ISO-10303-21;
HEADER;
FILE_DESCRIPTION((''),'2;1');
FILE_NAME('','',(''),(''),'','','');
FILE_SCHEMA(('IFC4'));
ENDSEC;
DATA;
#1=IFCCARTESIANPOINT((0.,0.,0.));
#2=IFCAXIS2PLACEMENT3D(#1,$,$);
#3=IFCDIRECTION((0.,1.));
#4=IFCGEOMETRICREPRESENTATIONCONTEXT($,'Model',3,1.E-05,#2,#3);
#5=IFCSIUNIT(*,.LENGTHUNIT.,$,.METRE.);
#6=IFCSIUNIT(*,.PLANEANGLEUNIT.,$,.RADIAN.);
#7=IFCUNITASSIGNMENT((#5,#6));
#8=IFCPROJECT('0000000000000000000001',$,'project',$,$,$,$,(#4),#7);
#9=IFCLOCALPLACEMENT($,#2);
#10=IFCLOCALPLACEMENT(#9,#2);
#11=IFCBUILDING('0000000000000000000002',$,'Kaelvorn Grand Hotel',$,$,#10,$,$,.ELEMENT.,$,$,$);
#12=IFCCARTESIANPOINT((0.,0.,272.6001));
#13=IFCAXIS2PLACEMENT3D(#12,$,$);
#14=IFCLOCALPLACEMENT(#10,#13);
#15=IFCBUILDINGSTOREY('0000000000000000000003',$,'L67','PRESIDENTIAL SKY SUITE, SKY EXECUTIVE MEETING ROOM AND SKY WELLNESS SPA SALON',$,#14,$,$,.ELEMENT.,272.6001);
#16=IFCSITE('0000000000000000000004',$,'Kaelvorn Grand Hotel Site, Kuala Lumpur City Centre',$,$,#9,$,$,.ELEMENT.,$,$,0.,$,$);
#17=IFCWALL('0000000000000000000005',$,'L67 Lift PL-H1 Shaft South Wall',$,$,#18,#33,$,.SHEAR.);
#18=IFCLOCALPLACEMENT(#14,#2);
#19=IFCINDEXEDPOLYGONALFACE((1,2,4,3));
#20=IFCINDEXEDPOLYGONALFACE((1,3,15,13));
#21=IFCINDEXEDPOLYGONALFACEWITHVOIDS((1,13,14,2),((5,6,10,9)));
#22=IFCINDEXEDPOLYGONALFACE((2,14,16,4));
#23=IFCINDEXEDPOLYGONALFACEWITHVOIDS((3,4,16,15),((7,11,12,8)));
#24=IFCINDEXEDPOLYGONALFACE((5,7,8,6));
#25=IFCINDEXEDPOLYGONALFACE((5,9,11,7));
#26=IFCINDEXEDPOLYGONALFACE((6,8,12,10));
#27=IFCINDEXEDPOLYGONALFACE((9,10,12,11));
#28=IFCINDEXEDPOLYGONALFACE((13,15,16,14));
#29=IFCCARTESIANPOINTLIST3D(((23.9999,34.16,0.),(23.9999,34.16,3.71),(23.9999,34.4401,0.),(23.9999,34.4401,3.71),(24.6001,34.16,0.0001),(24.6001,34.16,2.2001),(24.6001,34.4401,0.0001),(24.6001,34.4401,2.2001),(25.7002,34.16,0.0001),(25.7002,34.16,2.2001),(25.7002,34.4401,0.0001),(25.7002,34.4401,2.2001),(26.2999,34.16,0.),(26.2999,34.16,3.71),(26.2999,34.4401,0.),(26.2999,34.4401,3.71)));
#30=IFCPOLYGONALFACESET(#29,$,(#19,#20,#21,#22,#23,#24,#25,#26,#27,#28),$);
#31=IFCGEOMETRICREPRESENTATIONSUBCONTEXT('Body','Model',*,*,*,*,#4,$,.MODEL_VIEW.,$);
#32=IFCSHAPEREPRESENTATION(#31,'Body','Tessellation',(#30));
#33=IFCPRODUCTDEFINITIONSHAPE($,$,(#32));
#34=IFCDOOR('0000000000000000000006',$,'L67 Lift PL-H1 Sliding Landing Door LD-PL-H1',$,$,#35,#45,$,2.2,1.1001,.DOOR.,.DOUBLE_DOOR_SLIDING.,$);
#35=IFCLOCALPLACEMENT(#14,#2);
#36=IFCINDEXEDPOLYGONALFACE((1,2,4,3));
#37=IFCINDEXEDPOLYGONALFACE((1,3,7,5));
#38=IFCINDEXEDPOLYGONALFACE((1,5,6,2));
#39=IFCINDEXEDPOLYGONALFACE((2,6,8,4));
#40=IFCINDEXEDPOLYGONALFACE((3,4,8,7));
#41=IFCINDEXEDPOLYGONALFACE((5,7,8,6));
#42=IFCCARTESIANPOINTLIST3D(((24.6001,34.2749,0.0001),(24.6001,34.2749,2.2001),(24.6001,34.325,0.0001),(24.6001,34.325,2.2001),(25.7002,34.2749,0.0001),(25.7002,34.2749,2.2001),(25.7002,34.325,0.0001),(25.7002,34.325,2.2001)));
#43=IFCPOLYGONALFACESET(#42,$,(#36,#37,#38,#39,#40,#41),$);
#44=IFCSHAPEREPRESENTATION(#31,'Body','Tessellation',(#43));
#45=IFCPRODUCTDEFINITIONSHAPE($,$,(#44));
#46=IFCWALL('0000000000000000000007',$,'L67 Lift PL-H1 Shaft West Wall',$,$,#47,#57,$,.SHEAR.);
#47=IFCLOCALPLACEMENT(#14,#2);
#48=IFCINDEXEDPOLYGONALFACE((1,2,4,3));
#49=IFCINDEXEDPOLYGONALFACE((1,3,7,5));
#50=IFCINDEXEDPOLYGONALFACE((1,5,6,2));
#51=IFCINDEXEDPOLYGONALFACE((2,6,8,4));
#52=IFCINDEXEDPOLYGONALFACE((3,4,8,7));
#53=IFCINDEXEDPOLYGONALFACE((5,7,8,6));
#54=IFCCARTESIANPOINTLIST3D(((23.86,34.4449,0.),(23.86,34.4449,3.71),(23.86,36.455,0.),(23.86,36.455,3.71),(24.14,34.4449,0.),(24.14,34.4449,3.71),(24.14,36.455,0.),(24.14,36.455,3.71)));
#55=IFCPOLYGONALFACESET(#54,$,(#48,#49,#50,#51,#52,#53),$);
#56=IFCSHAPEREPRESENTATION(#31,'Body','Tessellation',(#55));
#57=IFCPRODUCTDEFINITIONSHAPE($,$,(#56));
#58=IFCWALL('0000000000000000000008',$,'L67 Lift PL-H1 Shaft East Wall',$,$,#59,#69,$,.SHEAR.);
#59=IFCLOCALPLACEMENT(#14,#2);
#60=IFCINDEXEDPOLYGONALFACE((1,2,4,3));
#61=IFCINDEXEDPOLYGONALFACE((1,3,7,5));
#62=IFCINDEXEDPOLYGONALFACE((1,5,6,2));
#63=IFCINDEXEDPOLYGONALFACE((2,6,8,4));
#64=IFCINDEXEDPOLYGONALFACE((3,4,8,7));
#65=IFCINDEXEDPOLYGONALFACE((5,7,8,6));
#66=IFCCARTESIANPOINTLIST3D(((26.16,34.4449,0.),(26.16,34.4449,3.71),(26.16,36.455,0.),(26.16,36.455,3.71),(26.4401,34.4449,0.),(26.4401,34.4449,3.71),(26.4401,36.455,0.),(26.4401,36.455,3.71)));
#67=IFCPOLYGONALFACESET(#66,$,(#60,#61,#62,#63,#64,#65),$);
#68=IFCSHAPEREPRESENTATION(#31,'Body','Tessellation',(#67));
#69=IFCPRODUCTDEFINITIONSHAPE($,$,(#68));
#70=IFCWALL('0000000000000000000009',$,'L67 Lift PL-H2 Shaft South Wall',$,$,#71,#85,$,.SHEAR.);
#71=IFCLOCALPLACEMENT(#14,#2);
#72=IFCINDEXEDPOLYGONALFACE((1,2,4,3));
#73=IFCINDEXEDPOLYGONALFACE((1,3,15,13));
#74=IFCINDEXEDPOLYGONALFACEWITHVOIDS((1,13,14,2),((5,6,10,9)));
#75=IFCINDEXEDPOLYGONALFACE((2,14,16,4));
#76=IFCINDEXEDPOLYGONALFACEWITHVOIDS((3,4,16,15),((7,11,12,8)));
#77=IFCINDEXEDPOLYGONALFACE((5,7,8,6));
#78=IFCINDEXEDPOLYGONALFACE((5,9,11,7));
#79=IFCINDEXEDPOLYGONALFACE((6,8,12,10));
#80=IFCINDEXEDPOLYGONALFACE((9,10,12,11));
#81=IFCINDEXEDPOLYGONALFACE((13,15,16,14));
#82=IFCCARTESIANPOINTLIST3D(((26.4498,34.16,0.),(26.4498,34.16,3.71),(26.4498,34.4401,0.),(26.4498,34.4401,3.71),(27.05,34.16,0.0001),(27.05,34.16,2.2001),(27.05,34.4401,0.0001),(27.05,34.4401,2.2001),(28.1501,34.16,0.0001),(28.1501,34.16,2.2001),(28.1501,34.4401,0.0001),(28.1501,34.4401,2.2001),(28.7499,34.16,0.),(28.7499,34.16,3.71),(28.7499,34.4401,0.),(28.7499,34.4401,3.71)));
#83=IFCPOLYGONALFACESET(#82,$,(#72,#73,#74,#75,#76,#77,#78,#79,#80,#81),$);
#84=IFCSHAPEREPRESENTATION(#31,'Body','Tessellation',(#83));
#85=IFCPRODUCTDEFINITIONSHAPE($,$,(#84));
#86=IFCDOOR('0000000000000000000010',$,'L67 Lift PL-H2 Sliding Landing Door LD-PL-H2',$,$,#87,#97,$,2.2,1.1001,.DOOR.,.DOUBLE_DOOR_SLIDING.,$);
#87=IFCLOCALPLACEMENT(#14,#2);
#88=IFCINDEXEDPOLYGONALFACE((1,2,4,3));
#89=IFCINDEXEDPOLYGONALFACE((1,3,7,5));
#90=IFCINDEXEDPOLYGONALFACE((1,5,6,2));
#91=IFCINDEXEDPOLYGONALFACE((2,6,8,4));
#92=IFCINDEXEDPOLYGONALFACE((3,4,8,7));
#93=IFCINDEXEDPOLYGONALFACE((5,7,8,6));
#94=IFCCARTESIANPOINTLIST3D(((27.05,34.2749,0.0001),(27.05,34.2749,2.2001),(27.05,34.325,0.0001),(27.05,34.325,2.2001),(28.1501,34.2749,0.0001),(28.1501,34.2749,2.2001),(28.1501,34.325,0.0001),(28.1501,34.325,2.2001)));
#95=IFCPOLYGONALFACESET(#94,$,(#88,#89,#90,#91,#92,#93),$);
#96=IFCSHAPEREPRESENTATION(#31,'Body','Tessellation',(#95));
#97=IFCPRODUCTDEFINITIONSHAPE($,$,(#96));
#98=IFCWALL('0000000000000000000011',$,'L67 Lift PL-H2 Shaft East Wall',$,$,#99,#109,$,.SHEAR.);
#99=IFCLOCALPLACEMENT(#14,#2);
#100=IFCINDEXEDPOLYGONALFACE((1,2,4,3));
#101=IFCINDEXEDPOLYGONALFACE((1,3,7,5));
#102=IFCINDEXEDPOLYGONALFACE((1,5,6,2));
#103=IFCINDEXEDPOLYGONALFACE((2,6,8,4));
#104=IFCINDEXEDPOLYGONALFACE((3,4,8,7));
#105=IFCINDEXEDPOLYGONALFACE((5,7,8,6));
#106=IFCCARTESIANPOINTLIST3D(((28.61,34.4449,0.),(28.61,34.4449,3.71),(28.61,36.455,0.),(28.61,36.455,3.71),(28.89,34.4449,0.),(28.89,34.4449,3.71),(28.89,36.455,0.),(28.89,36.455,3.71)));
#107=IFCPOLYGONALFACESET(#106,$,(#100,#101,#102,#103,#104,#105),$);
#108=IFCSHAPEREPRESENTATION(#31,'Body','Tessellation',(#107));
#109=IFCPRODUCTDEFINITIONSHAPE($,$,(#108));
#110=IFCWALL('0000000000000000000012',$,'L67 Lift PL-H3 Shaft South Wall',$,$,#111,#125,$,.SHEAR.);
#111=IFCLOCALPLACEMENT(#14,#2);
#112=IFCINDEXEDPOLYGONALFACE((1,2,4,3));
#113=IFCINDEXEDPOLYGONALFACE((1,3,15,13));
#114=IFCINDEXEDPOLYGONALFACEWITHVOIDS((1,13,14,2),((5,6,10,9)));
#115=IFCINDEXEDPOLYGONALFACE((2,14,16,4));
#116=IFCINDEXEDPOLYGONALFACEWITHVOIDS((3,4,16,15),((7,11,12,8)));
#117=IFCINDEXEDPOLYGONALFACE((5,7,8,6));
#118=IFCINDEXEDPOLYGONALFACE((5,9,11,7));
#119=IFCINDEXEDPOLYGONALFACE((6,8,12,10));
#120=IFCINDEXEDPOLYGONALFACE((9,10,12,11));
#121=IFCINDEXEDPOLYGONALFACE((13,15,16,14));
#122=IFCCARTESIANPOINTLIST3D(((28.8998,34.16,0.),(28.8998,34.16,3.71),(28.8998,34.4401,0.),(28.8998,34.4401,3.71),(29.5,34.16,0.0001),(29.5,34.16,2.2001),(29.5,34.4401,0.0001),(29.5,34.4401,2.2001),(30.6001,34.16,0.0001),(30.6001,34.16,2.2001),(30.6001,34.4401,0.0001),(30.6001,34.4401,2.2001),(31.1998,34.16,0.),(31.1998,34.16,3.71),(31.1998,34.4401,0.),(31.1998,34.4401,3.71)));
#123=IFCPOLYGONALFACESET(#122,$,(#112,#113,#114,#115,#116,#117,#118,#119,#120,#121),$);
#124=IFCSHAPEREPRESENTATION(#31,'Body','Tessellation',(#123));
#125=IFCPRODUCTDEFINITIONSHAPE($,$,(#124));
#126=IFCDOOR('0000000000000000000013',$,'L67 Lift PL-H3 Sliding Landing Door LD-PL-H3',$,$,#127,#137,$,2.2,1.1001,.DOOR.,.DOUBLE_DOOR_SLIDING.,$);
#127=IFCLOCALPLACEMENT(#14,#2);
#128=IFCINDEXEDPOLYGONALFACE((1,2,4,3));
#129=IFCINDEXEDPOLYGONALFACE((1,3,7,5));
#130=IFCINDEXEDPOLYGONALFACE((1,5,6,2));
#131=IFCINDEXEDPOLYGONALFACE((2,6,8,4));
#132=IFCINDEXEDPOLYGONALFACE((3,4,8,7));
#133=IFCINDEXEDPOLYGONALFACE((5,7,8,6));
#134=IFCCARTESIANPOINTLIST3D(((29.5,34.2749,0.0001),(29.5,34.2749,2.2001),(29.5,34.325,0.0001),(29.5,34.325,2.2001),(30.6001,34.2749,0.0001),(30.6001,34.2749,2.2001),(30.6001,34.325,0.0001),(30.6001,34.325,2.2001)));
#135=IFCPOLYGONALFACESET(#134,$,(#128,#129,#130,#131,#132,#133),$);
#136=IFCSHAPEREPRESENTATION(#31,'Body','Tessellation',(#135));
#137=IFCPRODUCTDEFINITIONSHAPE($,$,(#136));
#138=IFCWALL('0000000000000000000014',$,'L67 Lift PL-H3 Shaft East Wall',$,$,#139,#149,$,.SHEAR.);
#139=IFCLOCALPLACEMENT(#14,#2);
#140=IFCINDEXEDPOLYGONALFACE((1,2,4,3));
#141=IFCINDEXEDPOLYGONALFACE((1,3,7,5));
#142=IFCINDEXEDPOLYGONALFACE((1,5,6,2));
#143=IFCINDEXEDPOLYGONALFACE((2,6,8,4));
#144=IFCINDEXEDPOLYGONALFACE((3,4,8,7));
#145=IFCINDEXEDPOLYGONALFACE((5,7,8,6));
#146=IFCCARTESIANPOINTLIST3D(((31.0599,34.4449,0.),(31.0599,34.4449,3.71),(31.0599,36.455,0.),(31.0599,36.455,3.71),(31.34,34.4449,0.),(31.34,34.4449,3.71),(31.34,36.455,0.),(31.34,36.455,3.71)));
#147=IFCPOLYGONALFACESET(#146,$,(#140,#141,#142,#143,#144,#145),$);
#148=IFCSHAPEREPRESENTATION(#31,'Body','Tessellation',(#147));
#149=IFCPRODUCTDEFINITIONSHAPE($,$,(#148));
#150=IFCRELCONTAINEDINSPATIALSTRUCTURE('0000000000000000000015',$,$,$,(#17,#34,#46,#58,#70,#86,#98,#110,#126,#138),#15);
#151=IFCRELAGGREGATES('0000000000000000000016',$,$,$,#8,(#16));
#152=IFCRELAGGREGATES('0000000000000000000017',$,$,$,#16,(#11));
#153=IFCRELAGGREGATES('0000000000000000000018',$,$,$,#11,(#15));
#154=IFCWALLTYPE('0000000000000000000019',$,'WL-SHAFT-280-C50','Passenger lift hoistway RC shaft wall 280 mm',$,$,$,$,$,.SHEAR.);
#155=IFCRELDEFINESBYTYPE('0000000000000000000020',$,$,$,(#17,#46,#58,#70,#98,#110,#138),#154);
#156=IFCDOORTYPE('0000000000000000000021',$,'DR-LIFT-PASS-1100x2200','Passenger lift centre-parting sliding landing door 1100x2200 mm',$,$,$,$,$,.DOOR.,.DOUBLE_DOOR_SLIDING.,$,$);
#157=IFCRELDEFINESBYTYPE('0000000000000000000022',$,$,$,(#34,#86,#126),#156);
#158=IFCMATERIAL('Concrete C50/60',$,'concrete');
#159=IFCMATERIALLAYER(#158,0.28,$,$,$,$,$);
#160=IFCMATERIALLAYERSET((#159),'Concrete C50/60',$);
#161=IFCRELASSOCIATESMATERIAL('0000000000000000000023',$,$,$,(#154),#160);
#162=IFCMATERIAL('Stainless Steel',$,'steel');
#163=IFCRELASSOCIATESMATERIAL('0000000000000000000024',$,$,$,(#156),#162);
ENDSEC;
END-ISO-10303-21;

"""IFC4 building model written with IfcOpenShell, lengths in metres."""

from ifc_helpers import new_model, si_unit, direction, frame, frame_2d, origin, place, context, subcontext, project, spatial, rectangle, extrude, material, layer, layer_set, type_object, element, fill, save


model = new_model("IFC4")

# Units and contexts
model_context = context("Model", 3, precision=1e-05, world=origin(), true_north=direction((0.0, 1.0)))
body_context = subcontext(model_context, "Body", "Model", "MODEL_VIEW")
ifc_project = project(units=[si_unit("LENGTHUNIT", "METRE"), si_unit("PLANEANGLEUNIT", "RADIAN")], contexts=[model_context])

# Site, building, storey
site_placement = place(None, origin())
site = spatial("IfcSite", under=ifc_project, at=site_placement, Name="Kaelvorn Grand Hotel Site, Kuala Lumpur City Centre", CompositionType="ELEMENT", RefElevation=0.0)
building_placement = place(site_placement, origin())
building = spatial("IfcBuilding", under=site, at=building_placement, Name="Kaelvorn Grand Hotel", CompositionType="ELEMENT")
storey_placement = place(building_placement, frame((0.0, 0.0, 272.6001)))
storey = spatial("IfcBuildingStorey", under=building, at=storey_placement, Name="L67", Description="PRESIDENTIAL SKY SUITE, SKY EXECUTIVE MEETING ROOM AND SKY WELLNESS SPA SALON", CompositionType="ELEMENT", Elevation=272.6001)

# Shared definitions
ifc_material_1 = material(Name="Concrete C50/60", Category="concrete")

# Wall, opening, door
ifc_layer_1 = layer(ifc_material_1, 0.28)
ifc_layer_set_1 = layer_set([ifc_layer_1], Name="Concrete C50/60")
wall_type_1 = type_object("IfcWallType", Name="WL-SHAFT-280-C50", Description="Passenger lift hoistway RC shaft wall 280 mm", PredefinedType="SHEAR", material=ifc_layer_set_1)
wall_1_placement = place(storey_placement, frame((24.0, 34.3, 0.0), z_axis=(0.0, 0.0, 1.0), x_axis=(1.0, 0.0, 0.0)))
wall_1 = element("IfcWall", 1, at=wall_1_placement, inside=storey, type_object=wall_type_1, Name="L67 Lift PL-H1 Shaft South Wall", PredefinedType="SHEAR", context=body_context, shape_type="SweptSolid", body=[
    extrude(rectangle(XDim=2.3, YDim=0.28, at=frame_2d((1.1499, 0.0))), origin(), (0.0, 0.0, 1.0), 3.71),
])
opening_1_placement = place(wall_1_placement, frame((0.6001, 0.0, 0.0)))
opening_1 = element("IfcOpeningElement", 2, at=opening_1_placement, cuts=wall_1, PredefinedType="OPENING", context=body_context, shape_type="SweptSolid", body=[
    extrude(rectangle(XDim=1.1001, YDim=2.2, at=frame_2d((0.55, 1.1001))), frame((0.0, 0.1499, 0.0), z_axis=(0.0, -1.0, 0.0), x_axis=(1.0, 0.0, 0.0)), (0.0, 0.0, 1.0), 0.3),
])
ifc_material_2 = material(Name="Stainless Steel", Category="steel")
door_type_1 = type_object("IfcDoorType", Name="DR-LIFT-PASS-1100x2200", Description="Passenger lift centre-parting sliding landing door 1100x2200 mm", OperationType="DOUBLE_DOOR_SLIDING", PredefinedType="DOOR", material=ifc_material_2)
door_1_placement = place(opening_1_placement, origin())
door_1 = element("IfcDoor", 3, at=door_1_placement, inside=storey, type_object=door_type_1, Name="L67 Lift PL-H1 Sliding Landing Door LD-PL-H1", OperationType="DOUBLE_DOOR_SLIDING", OverallHeight=2.2, OverallWidth=1.1001, PredefinedType="DOOR", context=body_context, shape_type="SweptSolid", body=[
    extrude(rectangle(XDim=1.1001, YDim=2.2, at=frame_2d((0.55, 1.1001))), frame((0.0, 0.0249, 0.0), z_axis=(0.0, -1.0, 0.0), x_axis=(1.0, 0.0, 0.0)), (0.0, 0.0, 1.0), 0.05),
])
fill(opening_1, door_1)

# Walls
for number, where, z_axis, x_axis, name in (
    (4, (24.0, 34.4451, 0.0), (0.0, 0.0, 1.0), (0.0, 1.0, 0.0), "L67 Lift PL-H1 Shaft West Wall"),
    (5, (26.3, 34.4451, 0.0), (0.0, 0.0, 1.0), (0.0, 1.0, 0.0), "L67 Lift PL-H1 Shaft East Wall"),
):
    element("IfcWall", number, at=place(storey_placement, frame(where, z_axis=z_axis, x_axis=x_axis)), inside=storey, type_object=wall_type_1, Name=name, PredefinedType="SHEAR", context=body_context, shape_type="SweptSolid", body=[
        extrude(rectangle(XDim=2.01, YDim=0.28, at=frame_2d((1.0049, 0.0))), origin(), (0.0, 0.0, 1.0), 3.71),
    ])

# Wall, opening, door
wall_2_placement = place(storey_placement, frame((26.45, 34.3, 0.0), z_axis=(0.0, 0.0, 1.0), x_axis=(1.0, 0.0, 0.0)))
wall_2 = element("IfcWall", 6, at=wall_2_placement, inside=storey, type_object=wall_type_1, Name="L67 Lift PL-H2 Shaft South Wall", PredefinedType="SHEAR", context=body_context, shape_type="SweptSolid", body=[
    extrude(rectangle(XDim=2.3, YDim=0.28, at=frame_2d((1.1499, 0.0))), origin(), (0.0, 0.0, 1.0), 3.71),
])
opening_2_placement = place(wall_2_placement, frame((0.6001, 0.0, 0.0)))
opening_2 = element("IfcOpeningElement", 7, at=opening_2_placement, cuts=wall_2, PredefinedType="OPENING", context=body_context, shape_type="SweptSolid", body=[
    extrude(rectangle(XDim=1.1001, YDim=2.2, at=frame_2d((0.55, 1.1001))), frame((0.0, 0.1499, 0.0), z_axis=(0.0, -1.0, 0.0), x_axis=(1.0, 0.0, 0.0)), (0.0, 0.0, 1.0), 0.3),
])
door_2_placement = place(opening_2_placement, origin())
door_2 = element("IfcDoor", 8, at=door_2_placement, inside=storey, type_object=door_type_1, Name="L67 Lift PL-H2 Sliding Landing Door LD-PL-H2", OperationType="DOUBLE_DOOR_SLIDING", OverallHeight=2.2, OverallWidth=1.1001, PredefinedType="DOOR", context=body_context, shape_type="SweptSolid", body=[
    extrude(rectangle(XDim=1.1001, YDim=2.2, at=frame_2d((0.55, 1.1001))), frame((0.0, 0.0249, 0.0), z_axis=(0.0, -1.0, 0.0), x_axis=(1.0, 0.0, 0.0)), (0.0, 0.0, 1.0), 0.05),
])
fill(opening_2, door_2)

# Wall
wall_3_placement = place(storey_placement, frame((28.75, 34.4451, 0.0), z_axis=(0.0, 0.0, 1.0), x_axis=(0.0, 1.0, 0.0)))
element("IfcWall", 9, at=wall_3_placement, inside=storey, type_object=wall_type_1, Name="L67 Lift PL-H2 Shaft East Wall", PredefinedType="SHEAR", context=body_context, shape_type="SweptSolid", body=[
    extrude(rectangle(XDim=2.01, YDim=0.28, at=frame_2d((1.0049, 0.0))), origin(), (0.0, 0.0, 1.0), 3.71),
])

# Wall, opening, door
wall_4_placement = place(storey_placement, frame((28.8999, 34.3, 0.0), z_axis=(0.0, 0.0, 1.0), x_axis=(1.0, 0.0, 0.0)))
wall_4 = element("IfcWall", 10, at=wall_4_placement, inside=storey, type_object=wall_type_1, Name="L67 Lift PL-H3 Shaft South Wall", PredefinedType="SHEAR", context=body_context, shape_type="SweptSolid", body=[
    extrude(rectangle(XDim=2.3, YDim=0.28, at=frame_2d((1.1499, 0.0))), origin(), (0.0, 0.0, 1.0), 3.71),
])
opening_3_placement = place(wall_4_placement, frame((0.6001, 0.0, 0.0)))
opening_3 = element("IfcOpeningElement", 11, at=opening_3_placement, cuts=wall_4, PredefinedType="OPENING", context=body_context, shape_type="SweptSolid", body=[
    extrude(rectangle(XDim=1.1001, YDim=2.2, at=frame_2d((0.55, 1.1001))), frame((0.0, 0.1499, 0.0), z_axis=(0.0, -1.0, 0.0), x_axis=(1.0, 0.0, 0.0)), (0.0, 0.0, 1.0), 0.3),
])
door_3_placement = place(opening_3_placement, origin())
door_3 = element("IfcDoor", 12, at=door_3_placement, inside=storey, type_object=door_type_1, Name="L67 Lift PL-H3 Sliding Landing Door LD-PL-H3", OperationType="DOUBLE_DOOR_SLIDING", OverallHeight=2.2, OverallWidth=1.1001, PredefinedType="DOOR", context=body_context, shape_type="SweptSolid", body=[
    extrude(rectangle(XDim=1.1001, YDim=2.2, at=frame_2d((0.55, 1.1001))), frame((0.0, 0.0249, 0.0), z_axis=(0.0, -1.0, 0.0), x_axis=(1.0, 0.0, 0.0)), (0.0, 0.0, 1.0), 0.05),
])
fill(opening_3, door_3)

# Wall
wall_5_placement = place(storey_placement, frame((31.2, 34.4451, 0.0), z_axis=(0.0, 0.0, 1.0), x_axis=(0.0, 1.0, 0.0)))
element("IfcWall", 13, at=wall_5_placement, inside=storey, type_object=wall_type_1, Name="L67 Lift PL-H3 Shaft East Wall", PredefinedType="SHEAR", context=body_context, shape_type="SweptSolid", body=[
    extrude(rectangle(XDim=2.01, YDim=0.28, at=frame_2d((1.0049, 0.0))), origin(), (0.0, 0.0, 1.0), 3.71),
])

save(model, "model.ifc")
